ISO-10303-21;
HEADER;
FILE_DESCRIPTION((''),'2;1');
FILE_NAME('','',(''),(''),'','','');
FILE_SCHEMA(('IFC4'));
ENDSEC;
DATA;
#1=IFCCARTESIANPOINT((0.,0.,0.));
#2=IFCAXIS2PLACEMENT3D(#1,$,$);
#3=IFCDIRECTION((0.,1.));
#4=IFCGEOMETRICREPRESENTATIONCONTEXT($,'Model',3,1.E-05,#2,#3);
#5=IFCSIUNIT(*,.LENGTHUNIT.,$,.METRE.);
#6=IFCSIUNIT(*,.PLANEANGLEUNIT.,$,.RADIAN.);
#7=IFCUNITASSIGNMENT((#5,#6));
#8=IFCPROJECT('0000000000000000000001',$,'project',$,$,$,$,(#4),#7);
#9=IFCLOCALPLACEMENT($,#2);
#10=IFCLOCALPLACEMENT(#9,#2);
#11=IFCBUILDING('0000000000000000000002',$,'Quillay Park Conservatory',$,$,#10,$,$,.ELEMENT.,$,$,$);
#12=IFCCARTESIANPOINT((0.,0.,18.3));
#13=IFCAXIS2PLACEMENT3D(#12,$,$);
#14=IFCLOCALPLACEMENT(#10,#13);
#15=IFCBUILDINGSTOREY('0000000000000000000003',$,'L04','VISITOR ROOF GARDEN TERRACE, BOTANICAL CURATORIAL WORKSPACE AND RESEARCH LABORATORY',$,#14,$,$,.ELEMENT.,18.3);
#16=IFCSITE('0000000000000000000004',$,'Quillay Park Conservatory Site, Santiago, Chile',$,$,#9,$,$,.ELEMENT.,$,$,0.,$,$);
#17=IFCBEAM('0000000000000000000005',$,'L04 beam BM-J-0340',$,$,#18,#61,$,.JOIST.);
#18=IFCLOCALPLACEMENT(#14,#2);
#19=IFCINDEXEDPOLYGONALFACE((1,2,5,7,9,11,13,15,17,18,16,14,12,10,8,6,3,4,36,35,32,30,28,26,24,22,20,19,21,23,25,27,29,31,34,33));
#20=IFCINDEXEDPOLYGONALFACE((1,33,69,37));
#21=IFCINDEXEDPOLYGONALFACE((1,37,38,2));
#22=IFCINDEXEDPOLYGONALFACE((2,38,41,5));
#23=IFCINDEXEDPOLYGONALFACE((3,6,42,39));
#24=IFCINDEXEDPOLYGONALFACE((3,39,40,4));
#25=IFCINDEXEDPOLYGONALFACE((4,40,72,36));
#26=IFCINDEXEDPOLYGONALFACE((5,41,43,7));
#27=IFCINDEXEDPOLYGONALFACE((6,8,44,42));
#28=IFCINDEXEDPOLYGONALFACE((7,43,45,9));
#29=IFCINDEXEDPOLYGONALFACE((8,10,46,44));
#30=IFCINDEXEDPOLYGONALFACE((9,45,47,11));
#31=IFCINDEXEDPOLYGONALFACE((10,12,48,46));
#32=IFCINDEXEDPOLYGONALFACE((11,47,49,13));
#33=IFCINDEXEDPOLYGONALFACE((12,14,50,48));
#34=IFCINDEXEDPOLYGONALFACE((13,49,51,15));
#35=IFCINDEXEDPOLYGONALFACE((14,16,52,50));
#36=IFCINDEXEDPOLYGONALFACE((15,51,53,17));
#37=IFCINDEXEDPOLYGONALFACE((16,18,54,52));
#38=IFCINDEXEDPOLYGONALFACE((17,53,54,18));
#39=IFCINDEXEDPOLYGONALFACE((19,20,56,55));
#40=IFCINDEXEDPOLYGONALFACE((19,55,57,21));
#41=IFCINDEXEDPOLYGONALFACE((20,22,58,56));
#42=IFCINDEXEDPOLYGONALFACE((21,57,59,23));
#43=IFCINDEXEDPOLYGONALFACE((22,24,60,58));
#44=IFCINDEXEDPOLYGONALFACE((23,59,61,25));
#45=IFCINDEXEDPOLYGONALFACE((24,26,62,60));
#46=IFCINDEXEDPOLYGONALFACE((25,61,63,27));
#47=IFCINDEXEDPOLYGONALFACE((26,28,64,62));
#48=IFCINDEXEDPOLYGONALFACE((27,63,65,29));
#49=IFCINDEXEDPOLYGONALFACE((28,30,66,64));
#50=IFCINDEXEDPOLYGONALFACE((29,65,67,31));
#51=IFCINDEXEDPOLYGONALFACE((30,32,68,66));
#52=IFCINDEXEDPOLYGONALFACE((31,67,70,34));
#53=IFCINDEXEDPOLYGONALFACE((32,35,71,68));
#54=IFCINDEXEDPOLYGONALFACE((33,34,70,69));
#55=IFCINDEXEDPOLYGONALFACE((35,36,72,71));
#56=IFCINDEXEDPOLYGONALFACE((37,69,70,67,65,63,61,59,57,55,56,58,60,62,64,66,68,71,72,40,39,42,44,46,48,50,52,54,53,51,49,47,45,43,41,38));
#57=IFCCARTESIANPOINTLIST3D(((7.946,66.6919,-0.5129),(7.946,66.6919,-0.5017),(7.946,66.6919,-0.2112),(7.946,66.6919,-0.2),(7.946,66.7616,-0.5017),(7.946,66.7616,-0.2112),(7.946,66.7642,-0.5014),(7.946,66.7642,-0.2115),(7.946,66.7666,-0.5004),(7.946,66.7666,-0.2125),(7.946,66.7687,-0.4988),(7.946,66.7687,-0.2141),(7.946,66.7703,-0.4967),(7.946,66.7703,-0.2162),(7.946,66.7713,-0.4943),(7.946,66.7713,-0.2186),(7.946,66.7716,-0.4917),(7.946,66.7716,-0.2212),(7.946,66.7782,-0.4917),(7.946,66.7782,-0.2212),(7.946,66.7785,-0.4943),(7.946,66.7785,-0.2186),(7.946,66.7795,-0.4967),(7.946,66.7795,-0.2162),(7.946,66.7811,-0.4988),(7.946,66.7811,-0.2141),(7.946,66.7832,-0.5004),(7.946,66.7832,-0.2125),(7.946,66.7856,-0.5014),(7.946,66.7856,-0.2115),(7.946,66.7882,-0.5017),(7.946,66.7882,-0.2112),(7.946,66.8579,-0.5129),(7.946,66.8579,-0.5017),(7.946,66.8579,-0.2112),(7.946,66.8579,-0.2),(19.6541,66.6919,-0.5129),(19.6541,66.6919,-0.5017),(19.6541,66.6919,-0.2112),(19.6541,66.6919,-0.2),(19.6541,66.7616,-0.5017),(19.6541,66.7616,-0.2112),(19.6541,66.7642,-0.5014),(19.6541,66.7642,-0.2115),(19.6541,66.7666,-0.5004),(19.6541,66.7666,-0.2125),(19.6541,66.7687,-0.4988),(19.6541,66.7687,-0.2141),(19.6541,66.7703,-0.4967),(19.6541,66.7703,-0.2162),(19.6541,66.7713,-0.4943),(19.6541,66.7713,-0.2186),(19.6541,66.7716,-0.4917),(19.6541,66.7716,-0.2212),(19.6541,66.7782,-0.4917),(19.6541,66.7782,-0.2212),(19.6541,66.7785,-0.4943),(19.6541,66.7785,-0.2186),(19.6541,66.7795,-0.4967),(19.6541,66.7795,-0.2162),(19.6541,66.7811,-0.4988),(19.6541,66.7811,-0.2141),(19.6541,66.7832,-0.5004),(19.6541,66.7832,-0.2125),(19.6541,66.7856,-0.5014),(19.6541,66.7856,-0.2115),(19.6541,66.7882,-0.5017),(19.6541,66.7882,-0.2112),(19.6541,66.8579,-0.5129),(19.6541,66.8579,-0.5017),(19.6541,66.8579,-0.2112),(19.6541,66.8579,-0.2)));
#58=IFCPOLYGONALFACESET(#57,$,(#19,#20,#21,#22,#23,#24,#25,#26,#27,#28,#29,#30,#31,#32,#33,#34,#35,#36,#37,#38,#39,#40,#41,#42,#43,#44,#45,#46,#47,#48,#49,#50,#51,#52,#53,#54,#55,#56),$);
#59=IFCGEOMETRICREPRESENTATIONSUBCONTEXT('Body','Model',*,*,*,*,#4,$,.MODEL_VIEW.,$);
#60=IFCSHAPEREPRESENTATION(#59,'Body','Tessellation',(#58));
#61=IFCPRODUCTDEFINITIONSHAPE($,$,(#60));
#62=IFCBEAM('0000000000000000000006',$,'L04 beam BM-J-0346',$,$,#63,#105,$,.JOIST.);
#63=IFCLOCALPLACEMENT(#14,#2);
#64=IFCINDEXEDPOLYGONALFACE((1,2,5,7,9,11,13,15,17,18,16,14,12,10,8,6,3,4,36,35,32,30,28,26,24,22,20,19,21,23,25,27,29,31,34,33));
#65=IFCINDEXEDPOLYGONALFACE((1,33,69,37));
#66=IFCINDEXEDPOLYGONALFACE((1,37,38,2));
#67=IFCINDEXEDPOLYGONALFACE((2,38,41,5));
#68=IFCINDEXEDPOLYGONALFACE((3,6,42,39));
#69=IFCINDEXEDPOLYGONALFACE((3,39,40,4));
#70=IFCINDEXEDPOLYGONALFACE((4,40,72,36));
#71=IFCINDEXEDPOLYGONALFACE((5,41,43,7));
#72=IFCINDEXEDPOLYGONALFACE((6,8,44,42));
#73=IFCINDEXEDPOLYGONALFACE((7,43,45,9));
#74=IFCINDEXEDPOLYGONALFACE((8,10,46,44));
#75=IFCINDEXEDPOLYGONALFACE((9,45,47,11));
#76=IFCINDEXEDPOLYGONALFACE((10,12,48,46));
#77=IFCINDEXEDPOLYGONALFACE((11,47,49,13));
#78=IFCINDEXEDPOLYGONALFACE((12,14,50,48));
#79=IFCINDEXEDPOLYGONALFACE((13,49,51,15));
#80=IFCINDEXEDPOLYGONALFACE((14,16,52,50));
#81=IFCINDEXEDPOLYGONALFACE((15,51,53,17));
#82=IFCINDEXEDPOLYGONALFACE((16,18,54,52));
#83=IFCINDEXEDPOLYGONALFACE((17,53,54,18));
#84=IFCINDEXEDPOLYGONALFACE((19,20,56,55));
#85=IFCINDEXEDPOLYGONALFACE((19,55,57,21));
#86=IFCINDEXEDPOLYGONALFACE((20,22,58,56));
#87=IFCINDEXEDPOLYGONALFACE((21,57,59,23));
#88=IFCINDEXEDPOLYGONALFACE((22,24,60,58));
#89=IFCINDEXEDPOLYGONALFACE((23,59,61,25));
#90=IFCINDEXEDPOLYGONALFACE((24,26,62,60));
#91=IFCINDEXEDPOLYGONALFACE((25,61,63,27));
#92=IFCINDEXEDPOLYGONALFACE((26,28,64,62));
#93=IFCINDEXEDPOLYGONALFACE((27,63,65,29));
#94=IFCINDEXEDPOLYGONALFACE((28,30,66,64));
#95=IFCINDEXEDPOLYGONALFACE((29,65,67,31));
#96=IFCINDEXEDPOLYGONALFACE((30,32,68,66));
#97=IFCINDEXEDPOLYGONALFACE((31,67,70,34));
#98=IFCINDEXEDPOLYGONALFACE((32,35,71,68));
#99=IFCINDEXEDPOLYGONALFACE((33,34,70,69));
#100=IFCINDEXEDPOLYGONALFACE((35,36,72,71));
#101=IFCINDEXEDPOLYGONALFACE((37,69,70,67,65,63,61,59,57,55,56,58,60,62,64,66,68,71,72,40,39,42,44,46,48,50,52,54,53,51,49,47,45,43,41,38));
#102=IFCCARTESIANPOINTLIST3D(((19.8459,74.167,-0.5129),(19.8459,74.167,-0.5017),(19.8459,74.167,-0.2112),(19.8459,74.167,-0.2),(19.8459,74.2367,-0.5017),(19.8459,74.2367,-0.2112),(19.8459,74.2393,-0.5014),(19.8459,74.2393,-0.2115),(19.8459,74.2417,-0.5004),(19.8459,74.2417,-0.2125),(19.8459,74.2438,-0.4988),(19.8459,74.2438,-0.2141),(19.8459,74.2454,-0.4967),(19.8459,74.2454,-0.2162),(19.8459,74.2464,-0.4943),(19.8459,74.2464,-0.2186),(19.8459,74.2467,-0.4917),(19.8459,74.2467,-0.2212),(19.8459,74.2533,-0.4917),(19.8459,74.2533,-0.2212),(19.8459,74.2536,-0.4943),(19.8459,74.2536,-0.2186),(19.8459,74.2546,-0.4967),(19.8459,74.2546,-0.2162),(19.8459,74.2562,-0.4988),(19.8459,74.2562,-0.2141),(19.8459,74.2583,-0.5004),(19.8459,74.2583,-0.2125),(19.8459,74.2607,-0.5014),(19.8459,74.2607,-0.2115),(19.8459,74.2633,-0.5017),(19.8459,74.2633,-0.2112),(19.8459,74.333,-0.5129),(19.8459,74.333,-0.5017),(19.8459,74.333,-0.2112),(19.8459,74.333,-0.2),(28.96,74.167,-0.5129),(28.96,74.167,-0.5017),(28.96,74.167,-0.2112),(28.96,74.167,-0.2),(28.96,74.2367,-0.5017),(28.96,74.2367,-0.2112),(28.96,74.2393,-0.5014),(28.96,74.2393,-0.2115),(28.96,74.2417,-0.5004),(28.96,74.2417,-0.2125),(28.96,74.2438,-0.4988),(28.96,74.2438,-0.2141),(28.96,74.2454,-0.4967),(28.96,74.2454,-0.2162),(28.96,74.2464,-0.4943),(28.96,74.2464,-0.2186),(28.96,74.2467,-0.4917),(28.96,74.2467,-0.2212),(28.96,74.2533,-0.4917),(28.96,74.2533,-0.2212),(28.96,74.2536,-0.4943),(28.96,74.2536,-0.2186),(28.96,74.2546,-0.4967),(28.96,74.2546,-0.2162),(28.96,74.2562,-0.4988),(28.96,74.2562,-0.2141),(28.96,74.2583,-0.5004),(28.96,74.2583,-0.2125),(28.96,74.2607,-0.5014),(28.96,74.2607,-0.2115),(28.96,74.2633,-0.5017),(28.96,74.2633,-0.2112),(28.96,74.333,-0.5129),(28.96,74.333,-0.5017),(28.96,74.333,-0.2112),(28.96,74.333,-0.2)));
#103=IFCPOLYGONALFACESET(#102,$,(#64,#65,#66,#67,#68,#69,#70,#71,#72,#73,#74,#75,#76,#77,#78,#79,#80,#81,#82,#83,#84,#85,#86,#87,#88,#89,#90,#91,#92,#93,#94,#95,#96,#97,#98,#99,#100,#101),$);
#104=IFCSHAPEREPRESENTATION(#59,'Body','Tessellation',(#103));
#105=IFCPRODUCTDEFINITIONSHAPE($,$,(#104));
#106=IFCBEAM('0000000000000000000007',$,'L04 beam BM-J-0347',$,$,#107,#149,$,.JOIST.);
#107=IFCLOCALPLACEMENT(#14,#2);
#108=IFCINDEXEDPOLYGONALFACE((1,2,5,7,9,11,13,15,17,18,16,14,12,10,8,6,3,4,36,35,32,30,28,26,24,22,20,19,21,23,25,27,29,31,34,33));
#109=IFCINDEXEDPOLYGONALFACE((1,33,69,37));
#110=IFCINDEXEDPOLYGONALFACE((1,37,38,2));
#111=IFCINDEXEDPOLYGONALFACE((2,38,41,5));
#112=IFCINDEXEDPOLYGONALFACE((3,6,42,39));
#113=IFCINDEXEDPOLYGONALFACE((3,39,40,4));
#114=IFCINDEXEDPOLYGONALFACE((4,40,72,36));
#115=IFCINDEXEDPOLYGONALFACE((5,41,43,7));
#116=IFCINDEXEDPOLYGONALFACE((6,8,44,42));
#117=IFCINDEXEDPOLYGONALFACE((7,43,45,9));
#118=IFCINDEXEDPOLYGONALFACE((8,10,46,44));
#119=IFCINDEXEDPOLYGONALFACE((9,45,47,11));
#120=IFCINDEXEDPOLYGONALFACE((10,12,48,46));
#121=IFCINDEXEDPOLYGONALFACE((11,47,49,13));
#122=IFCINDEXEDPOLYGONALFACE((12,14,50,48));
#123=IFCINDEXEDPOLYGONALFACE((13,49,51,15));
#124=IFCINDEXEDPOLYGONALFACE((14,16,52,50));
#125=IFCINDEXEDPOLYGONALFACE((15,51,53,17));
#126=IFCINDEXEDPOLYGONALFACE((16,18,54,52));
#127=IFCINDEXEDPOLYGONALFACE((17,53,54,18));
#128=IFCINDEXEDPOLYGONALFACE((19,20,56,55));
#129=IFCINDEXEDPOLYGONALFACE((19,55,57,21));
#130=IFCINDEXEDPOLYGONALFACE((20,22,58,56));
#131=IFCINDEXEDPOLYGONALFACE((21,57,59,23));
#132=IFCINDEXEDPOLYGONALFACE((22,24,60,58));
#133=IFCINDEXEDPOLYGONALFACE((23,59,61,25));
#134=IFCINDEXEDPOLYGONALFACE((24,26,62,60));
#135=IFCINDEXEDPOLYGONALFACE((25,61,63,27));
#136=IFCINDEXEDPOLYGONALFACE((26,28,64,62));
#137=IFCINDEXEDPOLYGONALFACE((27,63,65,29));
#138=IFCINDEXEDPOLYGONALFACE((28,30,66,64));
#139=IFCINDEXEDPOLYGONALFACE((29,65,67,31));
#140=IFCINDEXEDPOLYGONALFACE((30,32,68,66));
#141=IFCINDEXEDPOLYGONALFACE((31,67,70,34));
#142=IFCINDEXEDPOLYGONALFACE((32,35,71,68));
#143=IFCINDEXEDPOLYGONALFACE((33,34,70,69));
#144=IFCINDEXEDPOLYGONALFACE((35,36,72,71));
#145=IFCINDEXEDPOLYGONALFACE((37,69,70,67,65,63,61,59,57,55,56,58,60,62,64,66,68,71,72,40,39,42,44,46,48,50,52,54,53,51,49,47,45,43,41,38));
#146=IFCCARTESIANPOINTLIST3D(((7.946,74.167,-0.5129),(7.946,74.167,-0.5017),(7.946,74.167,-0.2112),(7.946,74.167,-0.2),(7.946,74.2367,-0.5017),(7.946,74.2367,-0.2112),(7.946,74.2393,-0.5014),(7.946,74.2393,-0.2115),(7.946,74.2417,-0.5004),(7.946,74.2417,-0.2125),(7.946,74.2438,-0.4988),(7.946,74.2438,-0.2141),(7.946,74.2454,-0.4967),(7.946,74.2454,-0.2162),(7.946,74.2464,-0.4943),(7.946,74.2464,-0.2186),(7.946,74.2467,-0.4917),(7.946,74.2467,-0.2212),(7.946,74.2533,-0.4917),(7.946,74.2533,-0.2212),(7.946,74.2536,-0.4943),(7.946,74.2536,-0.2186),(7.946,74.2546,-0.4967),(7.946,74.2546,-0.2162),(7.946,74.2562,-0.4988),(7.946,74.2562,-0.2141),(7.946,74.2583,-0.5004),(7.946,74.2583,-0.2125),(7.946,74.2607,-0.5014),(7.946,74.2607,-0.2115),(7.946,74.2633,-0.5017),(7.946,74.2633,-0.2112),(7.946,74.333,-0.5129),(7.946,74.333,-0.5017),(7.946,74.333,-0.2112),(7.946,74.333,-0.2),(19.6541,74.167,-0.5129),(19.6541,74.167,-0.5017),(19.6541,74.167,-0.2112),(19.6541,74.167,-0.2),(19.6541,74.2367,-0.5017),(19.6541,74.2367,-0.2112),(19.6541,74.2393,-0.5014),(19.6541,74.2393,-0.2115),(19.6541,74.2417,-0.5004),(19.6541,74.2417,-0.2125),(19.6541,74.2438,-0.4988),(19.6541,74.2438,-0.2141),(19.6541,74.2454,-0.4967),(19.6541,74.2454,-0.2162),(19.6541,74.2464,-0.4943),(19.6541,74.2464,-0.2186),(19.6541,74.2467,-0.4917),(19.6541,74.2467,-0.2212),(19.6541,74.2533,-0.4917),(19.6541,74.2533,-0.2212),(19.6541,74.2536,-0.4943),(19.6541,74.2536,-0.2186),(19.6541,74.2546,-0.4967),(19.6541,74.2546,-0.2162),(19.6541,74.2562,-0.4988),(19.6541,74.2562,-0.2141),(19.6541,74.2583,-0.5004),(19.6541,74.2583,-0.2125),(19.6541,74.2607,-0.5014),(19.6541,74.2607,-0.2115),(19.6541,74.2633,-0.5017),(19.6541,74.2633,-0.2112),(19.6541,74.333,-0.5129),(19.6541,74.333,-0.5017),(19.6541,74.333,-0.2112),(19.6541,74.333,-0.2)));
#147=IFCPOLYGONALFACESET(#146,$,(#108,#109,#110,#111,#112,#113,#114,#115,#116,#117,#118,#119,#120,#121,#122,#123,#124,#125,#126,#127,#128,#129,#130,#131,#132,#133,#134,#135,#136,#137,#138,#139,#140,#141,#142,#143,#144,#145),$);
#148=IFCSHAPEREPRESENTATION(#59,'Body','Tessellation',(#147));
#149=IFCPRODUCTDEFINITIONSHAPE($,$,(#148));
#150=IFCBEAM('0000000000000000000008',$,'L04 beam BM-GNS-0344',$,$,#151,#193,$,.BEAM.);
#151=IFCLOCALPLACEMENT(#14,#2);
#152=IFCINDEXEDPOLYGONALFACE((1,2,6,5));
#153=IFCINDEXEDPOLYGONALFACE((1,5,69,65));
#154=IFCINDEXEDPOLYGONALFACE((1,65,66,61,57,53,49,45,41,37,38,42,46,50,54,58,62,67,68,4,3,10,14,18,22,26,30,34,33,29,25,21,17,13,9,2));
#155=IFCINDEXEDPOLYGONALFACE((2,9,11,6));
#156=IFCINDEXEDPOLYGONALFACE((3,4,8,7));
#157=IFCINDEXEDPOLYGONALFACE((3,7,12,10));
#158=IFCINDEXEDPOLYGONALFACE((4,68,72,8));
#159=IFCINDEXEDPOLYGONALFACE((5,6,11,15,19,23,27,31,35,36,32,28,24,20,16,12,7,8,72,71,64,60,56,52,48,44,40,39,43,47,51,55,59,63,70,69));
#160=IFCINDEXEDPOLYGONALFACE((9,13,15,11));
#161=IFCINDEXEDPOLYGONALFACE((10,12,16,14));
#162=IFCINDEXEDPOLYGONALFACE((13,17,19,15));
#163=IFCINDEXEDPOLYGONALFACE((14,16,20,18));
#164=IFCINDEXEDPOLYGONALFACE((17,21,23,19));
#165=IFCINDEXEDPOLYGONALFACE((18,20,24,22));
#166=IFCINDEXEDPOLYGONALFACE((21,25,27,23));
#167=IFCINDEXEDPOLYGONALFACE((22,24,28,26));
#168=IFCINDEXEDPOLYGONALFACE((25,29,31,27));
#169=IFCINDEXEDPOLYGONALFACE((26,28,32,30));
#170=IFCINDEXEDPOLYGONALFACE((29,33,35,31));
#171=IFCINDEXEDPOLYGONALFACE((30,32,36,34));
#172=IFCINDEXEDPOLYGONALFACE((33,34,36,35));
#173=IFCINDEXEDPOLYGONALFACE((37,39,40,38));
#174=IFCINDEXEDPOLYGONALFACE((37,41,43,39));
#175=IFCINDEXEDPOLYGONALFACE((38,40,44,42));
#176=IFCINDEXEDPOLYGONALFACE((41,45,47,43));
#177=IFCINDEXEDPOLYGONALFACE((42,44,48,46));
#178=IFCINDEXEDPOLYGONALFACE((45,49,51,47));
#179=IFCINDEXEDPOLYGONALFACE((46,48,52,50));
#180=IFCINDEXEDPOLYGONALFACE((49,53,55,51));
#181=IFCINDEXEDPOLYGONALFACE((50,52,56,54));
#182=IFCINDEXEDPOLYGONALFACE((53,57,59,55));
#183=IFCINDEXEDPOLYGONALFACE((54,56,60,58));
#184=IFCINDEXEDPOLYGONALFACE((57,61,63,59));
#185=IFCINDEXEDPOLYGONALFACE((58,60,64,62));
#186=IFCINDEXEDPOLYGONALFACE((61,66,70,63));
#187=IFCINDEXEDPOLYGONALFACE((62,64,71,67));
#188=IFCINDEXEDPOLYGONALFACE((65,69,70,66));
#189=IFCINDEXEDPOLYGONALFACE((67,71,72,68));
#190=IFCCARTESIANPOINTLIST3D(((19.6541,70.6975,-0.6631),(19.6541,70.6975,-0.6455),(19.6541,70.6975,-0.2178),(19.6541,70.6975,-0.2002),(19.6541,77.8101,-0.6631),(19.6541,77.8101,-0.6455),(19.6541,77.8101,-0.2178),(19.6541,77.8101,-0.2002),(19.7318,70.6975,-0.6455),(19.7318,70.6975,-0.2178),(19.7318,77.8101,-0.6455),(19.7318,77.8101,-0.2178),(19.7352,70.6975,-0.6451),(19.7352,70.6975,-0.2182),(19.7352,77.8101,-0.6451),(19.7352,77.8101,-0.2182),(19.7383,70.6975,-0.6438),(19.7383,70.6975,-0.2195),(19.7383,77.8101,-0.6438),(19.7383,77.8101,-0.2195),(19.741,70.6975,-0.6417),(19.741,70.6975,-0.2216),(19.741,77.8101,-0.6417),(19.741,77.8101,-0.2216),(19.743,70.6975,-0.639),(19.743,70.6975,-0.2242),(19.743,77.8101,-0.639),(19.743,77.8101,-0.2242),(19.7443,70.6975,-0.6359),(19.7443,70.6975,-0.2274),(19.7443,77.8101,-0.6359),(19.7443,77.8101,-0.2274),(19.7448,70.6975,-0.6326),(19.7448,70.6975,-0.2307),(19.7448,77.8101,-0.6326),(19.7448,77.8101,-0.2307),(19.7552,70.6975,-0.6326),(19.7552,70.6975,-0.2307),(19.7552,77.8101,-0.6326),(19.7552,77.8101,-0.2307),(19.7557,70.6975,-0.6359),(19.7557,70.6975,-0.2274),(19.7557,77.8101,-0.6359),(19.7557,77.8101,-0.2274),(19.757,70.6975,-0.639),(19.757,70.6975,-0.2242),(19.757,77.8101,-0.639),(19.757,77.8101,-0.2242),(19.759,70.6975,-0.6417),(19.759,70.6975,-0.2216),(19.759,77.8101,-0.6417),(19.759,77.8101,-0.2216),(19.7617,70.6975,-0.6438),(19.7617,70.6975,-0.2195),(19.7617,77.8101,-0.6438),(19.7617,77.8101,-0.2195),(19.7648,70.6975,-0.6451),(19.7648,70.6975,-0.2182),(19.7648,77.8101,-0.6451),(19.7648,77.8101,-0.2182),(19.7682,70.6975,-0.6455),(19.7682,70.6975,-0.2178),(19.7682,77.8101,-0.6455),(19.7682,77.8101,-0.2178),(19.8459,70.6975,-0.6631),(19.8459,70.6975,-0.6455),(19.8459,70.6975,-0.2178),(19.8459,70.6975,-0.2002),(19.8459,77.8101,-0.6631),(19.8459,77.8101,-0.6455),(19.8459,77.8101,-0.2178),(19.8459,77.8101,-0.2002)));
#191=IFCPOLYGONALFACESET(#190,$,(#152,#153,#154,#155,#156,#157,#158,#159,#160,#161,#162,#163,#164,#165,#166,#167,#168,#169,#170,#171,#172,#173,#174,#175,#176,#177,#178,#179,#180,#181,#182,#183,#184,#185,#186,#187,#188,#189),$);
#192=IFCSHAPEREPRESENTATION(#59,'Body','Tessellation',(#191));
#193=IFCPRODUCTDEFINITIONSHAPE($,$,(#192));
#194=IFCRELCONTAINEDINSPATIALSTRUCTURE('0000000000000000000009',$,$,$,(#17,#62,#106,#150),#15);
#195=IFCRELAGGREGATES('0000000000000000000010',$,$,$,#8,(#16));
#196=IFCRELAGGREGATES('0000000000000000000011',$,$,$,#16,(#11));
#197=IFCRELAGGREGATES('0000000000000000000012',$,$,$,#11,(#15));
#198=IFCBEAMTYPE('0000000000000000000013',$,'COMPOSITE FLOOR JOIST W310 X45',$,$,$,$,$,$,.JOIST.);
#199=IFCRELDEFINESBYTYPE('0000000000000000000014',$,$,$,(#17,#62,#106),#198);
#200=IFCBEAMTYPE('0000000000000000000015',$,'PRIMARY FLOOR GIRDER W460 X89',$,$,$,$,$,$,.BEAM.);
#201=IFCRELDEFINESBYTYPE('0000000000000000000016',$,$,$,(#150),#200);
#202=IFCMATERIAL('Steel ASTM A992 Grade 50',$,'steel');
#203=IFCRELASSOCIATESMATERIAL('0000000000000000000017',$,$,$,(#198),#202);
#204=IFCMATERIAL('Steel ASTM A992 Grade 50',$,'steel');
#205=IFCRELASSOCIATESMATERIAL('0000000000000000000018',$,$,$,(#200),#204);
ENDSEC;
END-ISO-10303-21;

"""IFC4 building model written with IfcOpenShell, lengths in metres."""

from ifc_helpers import new_model, si_unit, direction, frame, origin, origin_2d, place, context, subcontext, project, spatial, i_section, extrude, material, material_profile, profile_set, type_object, element, save


model = new_model("IFC4")

# Units and contexts
model_context = context("Model", 3, precision=1e-05, world=origin(), true_north=direction((0.0, 1.0)))
body_context = subcontext(model_context, "Body", "Model", "MODEL_VIEW")
ifc_project = project(units=[si_unit("LENGTHUNIT", "METRE"), si_unit("PLANEANGLEUNIT", "RADIAN")], contexts=[model_context])

# Site, building, storey
site_placement = place(None, origin())
site = spatial("IfcSite", under=ifc_project, at=site_placement, Name="Quillay Park Conservatory Site, Santiago, Chile", CompositionType="ELEMENT", RefElevation=0.0)
building_placement = place(site_placement, origin())
building = spatial("IfcBuilding", under=site, at=building_placement, Name="Quillay Park Conservatory", CompositionType="ELEMENT")
storey_placement = place(building_placement, frame((0.0, 0.0, 18.3)))
storey = spatial("IfcBuildingStorey", under=building, at=storey_placement, Name="L04", Description="VISITOR ROOF GARDEN TERRACE, BOTANICAL CURATORIAL WORKSPACE AND RESEARCH LABORATORY", CompositionType="ELEMENT", Elevation=18.3)

# Beams
ifc_material_1 = material(Name="Steel ASTM A992 Grade 50", Category="steel")
ifc_material_profile_1 = material_profile(ifc_material_1, i_section(OverallWidth=0.166, OverallDepth=0.313, WebThickness=0.0066, FlangeThickness=0.0112, FilletRadius=0.01, at=origin_2d()), Name="W310x45")
ifc_profile_set_1 = profile_set([ifc_material_profile_1], Name="Steel ASTM A992 Grade 50")
beam_type_1 = type_object("IfcBeamType", Name="COMPOSITE FLOOR JOIST W310 X45", PredefinedType="JOIST", material=ifc_profile_set_1)
beam_1_placement = place(storey_placement, frame((7.946, 66.7749, -0.3564), z_axis=(1.0, 0.0, 0.0), x_axis=(0.0, 1.0, 0.0)))
element("IfcBeam", 1, at=beam_1_placement, inside=storey, type_object=beam_type_1, Name="L04 beam BM-J-0340", PredefinedType="JOIST", context=body_context, shape_type="SweptSolid", body=[
    extrude(i_section(OverallWidth=0.166, OverallDepth=0.313, WebThickness=0.0066, FlangeThickness=0.0112, FilletRadius=0.01, at=origin_2d()), origin(), (0.0, 0.0, 1.0), 11.708),
])
beam_2_placement = place(storey_placement, frame((19.8459, 74.25, -0.3564), z_axis=(1.0, 0.0, 0.0), x_axis=(0.0, 1.0, 0.0)))
element("IfcBeam", 2, at=beam_2_placement, inside=storey, type_object=beam_type_1, Name="L04 beam BM-J-0346", PredefinedType="JOIST", context=body_context, shape_type="SweptSolid", body=[
    extrude(i_section(OverallWidth=0.166, OverallDepth=0.313, WebThickness=0.0066, FlangeThickness=0.0112, FilletRadius=0.01, at=origin_2d()), origin(), (0.0, 0.0, 1.0), 9.114),
])
beam_3_placement = place(storey_placement, frame((7.946, 74.25, -0.3564), z_axis=(1.0, 0.0, 0.0), x_axis=(0.0, 1.0, 0.0)))
element("IfcBeam", 3, at=beam_3_placement, inside=storey, type_object=beam_type_1, Name="L04 beam BM-J-0347", PredefinedType="JOIST", context=body_context, shape_type="SweptSolid", body=[
    extrude(i_section(OverallWidth=0.166, OverallDepth=0.313, WebThickness=0.0066, FlangeThickness=0.0112, FilletRadius=0.01, at=origin_2d()), origin(), (0.0, 0.0, 1.0), 11.708),
])
ifc_material_2 = material(Name="Steel ASTM A992 Grade 50", Category="steel")
ifc_material_profile_2 = material_profile(ifc_material_2, i_section(OverallWidth=0.1919, OverallDepth=0.4629, WebThickness=0.0105, FlangeThickness=0.0176, FilletRadius=0.0129, at=origin_2d()), Name="W460x89")
ifc_profile_set_2 = profile_set([ifc_material_profile_2], Name="Steel ASTM A992 Grade 50")
beam_type_2 = type_object("IfcBeamType", Name="PRIMARY FLOOR GIRDER W460 X89", PredefinedType="BEAM", material=ifc_profile_set_2)
beam_4_placement = place(storey_placement, frame((19.75, 70.6975, -0.4316), z_axis=(0.0, 1.0, 0.0), x_axis=(-1.0, 0.0, 0.0)))
element("IfcBeam", 4, at=beam_4_placement, inside=storey, type_object=beam_type_2, Name="L04 beam BM-GNS-0344", PredefinedType="BEAM", context=body_context, shape_type="SweptSolid", body=[
    extrude(i_section(OverallWidth=0.1919, OverallDepth=0.4629, WebThickness=0.0105, FlangeThickness=0.0176, FilletRadius=0.0129, at=origin_2d()), origin(), (0.0, 0.0, 1.0), 7.1125),
])

save(model, "model.ifc")
